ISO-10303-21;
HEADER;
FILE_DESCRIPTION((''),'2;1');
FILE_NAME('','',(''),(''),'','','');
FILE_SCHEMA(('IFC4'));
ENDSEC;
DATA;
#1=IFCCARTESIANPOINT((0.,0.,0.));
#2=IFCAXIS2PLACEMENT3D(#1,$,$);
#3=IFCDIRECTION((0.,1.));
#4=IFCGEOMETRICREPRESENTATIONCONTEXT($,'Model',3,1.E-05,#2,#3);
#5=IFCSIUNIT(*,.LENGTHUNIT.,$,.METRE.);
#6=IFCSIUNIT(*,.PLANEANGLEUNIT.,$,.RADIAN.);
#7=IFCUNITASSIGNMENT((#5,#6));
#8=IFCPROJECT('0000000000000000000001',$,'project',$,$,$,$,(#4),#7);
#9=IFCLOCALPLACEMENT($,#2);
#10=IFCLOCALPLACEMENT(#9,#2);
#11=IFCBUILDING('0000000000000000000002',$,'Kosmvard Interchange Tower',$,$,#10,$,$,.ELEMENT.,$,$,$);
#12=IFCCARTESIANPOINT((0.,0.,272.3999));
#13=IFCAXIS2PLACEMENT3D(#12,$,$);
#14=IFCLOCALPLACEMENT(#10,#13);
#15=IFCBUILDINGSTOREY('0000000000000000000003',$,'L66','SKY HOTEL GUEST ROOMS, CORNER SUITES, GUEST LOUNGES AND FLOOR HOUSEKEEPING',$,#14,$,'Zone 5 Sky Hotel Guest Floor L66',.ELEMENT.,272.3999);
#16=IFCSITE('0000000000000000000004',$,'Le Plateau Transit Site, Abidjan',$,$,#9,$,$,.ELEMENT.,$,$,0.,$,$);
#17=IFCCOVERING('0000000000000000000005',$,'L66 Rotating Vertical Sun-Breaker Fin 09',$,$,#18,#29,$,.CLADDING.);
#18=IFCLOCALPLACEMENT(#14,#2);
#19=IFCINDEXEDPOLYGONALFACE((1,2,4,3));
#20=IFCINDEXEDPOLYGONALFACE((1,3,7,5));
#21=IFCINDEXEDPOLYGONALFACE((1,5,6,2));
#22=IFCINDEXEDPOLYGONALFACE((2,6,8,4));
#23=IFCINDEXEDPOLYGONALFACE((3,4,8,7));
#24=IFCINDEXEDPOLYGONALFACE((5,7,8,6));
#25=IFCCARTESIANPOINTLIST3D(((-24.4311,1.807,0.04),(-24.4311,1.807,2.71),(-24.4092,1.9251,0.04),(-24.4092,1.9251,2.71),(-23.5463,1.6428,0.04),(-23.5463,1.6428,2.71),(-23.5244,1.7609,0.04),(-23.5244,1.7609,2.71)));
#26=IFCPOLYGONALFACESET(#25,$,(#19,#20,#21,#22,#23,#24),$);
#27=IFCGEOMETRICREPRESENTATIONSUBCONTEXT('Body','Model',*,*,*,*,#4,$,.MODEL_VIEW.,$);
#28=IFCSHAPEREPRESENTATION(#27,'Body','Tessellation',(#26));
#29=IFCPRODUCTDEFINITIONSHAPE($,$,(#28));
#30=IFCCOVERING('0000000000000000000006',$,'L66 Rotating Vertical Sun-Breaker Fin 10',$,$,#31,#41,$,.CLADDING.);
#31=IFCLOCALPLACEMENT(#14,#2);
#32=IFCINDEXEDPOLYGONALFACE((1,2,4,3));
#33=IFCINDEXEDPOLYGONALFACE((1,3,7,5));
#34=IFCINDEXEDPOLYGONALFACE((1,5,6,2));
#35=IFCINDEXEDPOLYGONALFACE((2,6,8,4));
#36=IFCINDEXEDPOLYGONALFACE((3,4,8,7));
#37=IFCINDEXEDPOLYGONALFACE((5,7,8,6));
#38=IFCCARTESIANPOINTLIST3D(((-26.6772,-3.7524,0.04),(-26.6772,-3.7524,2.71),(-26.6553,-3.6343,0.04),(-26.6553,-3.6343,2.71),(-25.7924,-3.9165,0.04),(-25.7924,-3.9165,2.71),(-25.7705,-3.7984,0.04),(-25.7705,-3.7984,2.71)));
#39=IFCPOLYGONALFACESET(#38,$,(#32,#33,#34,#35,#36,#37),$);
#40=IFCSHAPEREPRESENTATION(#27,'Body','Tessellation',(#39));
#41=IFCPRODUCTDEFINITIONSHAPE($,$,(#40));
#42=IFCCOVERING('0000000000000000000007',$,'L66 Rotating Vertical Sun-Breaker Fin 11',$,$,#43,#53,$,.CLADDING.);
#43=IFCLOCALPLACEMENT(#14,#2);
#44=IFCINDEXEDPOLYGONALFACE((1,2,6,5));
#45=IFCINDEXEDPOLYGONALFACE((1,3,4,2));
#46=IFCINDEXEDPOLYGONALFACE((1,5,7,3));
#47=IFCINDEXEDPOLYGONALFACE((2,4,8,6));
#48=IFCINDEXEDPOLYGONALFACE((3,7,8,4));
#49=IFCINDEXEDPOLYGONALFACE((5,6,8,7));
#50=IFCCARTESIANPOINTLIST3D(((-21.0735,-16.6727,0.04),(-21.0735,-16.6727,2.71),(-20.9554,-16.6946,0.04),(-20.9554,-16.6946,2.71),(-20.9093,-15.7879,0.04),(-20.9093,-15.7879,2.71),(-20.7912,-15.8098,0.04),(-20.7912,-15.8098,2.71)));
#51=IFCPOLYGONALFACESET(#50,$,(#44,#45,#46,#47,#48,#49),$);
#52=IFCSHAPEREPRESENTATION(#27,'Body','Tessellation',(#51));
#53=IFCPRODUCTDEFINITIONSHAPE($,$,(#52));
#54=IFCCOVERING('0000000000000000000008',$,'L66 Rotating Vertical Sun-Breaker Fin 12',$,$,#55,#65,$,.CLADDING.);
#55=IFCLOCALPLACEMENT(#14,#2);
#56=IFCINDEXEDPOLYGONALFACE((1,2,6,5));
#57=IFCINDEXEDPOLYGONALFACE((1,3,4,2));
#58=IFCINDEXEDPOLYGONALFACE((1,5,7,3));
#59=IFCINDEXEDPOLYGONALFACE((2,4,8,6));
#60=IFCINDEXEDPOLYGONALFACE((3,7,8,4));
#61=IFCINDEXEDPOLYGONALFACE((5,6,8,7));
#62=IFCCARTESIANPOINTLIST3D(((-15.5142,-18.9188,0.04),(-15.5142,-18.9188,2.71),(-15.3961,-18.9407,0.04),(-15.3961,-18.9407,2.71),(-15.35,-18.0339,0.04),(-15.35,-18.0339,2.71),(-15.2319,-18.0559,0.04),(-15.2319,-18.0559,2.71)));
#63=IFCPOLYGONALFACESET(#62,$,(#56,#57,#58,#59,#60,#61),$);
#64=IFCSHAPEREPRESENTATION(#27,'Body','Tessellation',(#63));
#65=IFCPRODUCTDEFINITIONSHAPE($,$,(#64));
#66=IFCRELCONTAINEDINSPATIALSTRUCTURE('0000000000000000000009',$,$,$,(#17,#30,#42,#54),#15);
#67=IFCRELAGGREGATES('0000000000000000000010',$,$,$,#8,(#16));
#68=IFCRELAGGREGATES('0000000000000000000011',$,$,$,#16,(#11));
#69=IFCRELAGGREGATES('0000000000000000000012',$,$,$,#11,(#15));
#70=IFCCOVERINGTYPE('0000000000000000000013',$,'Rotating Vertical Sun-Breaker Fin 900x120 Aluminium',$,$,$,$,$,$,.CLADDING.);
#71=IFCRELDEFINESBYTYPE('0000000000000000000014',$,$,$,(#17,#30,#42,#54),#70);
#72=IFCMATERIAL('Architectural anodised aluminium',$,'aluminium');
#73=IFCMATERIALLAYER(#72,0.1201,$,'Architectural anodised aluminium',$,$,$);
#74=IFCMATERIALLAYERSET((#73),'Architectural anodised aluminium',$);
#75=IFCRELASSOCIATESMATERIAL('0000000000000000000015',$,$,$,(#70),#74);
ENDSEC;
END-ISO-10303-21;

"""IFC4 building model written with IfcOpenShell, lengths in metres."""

from ifc_helpers import new_model, si_unit, direction, frame, origin, origin_2d, place, context, subcontext, project, spatial, rectangle, extrude, source, transform, mapped, material, layer, layer_set, type_object, element, save


model = new_model("IFC4")

# Units and contexts
model_context = context("Model", 3, precision=1e-05, world=origin(), true_north=direction((0.0, 1.0)))
body_context = subcontext(model_context, "Body", "Model", "MODEL_VIEW")
ifc_project = project(units=[si_unit("LENGTHUNIT", "METRE"), si_unit("PLANEANGLEUNIT", "RADIAN")], contexts=[model_context])

# Site, building, storey
site_placement = place(None, origin())
site = spatial("IfcSite", under=ifc_project, at=site_placement, Name="Le Plateau Transit Site, Abidjan", CompositionType="ELEMENT", RefElevation=0.0)
building_placement = place(site_placement, origin())
building = spatial("IfcBuilding", under=site, at=building_placement, Name="Kosmvard Interchange Tower", CompositionType="ELEMENT")
storey_placement = place(building_placement, frame((0.0, 0.0, 272.3999)))
storey = spatial("IfcBuildingStorey", under=building, at=storey_placement, Name="L66", Description="SKY HOTEL GUEST ROOMS, CORNER SUITES, GUEST LOUNGES AND FLOOR HOUSEKEEPING", LongName="Zone 5 Sky Hotel Guest Floor L66", CompositionType="ELEMENT", Elevation=272.3999)

# Coverings
ifc_material_1 = material(Name="Architectural anodised aluminium", Category="aluminium")
ifc_layer_1 = layer(ifc_material_1, 0.1201, Name="Architectural anodised aluminium")
ifc_layer_set_1 = layer_set([ifc_layer_1], Name="Architectural anodised aluminium")
covering_type = type_object("IfcCoveringType", Name="Rotating Vertical Sun-Breaker Fin 900x120 Aluminium", PredefinedType="CLADDING", material=ifc_layer_set_1)
shared_shape_1 = source(origin(), body_context, "Body", "SweptSolid", [
    extrude(rectangle(XDim=0.8999, YDim=0.1201, at=origin_2d()), origin(), (0.0, 0.0, 1.0), 2.6699),
])
for number, where, z_axis, x_axis, name in (
    (1, (-23.9778, 1.7839, 0.04), (0.0, 0.0, 1.0), (-0.983223, 0.182407, 0.0), "L66 Rotating Vertical Sun-Breaker Fin 09"),
    (2, (-26.2239, -3.7754, 0.04), (0.0, 0.0, 1.0), (-0.983223, 0.182407, 0.0), "L66 Rotating Vertical Sun-Breaker Fin 10"),
    (3, (-20.9324, -16.2412, 0.04), (0.0, 0.0, 1.0), (-0.182407, -0.983223, 0.0), "L66 Rotating Vertical Sun-Breaker Fin 11"),
    (4, (-15.373, -18.4873, 0.04), (0.0, 0.0, 1.0), (-0.182407, -0.983223, 0.0), "L66 Rotating Vertical Sun-Breaker Fin 12"),
):
    element("IfcCovering", number, at=place(storey_placement, frame(where, z_axis=z_axis, x_axis=x_axis)), inside=storey, type_object=covering_type, Name=name, PredefinedType="CLADDING", context=body_context, shape_type="MappedRepresentation", body=[
        mapped(shared_shape_1, transform((0.0, 0.0, 0.0), scale=1.0)),
    ])

save(model, "model.ifc")
